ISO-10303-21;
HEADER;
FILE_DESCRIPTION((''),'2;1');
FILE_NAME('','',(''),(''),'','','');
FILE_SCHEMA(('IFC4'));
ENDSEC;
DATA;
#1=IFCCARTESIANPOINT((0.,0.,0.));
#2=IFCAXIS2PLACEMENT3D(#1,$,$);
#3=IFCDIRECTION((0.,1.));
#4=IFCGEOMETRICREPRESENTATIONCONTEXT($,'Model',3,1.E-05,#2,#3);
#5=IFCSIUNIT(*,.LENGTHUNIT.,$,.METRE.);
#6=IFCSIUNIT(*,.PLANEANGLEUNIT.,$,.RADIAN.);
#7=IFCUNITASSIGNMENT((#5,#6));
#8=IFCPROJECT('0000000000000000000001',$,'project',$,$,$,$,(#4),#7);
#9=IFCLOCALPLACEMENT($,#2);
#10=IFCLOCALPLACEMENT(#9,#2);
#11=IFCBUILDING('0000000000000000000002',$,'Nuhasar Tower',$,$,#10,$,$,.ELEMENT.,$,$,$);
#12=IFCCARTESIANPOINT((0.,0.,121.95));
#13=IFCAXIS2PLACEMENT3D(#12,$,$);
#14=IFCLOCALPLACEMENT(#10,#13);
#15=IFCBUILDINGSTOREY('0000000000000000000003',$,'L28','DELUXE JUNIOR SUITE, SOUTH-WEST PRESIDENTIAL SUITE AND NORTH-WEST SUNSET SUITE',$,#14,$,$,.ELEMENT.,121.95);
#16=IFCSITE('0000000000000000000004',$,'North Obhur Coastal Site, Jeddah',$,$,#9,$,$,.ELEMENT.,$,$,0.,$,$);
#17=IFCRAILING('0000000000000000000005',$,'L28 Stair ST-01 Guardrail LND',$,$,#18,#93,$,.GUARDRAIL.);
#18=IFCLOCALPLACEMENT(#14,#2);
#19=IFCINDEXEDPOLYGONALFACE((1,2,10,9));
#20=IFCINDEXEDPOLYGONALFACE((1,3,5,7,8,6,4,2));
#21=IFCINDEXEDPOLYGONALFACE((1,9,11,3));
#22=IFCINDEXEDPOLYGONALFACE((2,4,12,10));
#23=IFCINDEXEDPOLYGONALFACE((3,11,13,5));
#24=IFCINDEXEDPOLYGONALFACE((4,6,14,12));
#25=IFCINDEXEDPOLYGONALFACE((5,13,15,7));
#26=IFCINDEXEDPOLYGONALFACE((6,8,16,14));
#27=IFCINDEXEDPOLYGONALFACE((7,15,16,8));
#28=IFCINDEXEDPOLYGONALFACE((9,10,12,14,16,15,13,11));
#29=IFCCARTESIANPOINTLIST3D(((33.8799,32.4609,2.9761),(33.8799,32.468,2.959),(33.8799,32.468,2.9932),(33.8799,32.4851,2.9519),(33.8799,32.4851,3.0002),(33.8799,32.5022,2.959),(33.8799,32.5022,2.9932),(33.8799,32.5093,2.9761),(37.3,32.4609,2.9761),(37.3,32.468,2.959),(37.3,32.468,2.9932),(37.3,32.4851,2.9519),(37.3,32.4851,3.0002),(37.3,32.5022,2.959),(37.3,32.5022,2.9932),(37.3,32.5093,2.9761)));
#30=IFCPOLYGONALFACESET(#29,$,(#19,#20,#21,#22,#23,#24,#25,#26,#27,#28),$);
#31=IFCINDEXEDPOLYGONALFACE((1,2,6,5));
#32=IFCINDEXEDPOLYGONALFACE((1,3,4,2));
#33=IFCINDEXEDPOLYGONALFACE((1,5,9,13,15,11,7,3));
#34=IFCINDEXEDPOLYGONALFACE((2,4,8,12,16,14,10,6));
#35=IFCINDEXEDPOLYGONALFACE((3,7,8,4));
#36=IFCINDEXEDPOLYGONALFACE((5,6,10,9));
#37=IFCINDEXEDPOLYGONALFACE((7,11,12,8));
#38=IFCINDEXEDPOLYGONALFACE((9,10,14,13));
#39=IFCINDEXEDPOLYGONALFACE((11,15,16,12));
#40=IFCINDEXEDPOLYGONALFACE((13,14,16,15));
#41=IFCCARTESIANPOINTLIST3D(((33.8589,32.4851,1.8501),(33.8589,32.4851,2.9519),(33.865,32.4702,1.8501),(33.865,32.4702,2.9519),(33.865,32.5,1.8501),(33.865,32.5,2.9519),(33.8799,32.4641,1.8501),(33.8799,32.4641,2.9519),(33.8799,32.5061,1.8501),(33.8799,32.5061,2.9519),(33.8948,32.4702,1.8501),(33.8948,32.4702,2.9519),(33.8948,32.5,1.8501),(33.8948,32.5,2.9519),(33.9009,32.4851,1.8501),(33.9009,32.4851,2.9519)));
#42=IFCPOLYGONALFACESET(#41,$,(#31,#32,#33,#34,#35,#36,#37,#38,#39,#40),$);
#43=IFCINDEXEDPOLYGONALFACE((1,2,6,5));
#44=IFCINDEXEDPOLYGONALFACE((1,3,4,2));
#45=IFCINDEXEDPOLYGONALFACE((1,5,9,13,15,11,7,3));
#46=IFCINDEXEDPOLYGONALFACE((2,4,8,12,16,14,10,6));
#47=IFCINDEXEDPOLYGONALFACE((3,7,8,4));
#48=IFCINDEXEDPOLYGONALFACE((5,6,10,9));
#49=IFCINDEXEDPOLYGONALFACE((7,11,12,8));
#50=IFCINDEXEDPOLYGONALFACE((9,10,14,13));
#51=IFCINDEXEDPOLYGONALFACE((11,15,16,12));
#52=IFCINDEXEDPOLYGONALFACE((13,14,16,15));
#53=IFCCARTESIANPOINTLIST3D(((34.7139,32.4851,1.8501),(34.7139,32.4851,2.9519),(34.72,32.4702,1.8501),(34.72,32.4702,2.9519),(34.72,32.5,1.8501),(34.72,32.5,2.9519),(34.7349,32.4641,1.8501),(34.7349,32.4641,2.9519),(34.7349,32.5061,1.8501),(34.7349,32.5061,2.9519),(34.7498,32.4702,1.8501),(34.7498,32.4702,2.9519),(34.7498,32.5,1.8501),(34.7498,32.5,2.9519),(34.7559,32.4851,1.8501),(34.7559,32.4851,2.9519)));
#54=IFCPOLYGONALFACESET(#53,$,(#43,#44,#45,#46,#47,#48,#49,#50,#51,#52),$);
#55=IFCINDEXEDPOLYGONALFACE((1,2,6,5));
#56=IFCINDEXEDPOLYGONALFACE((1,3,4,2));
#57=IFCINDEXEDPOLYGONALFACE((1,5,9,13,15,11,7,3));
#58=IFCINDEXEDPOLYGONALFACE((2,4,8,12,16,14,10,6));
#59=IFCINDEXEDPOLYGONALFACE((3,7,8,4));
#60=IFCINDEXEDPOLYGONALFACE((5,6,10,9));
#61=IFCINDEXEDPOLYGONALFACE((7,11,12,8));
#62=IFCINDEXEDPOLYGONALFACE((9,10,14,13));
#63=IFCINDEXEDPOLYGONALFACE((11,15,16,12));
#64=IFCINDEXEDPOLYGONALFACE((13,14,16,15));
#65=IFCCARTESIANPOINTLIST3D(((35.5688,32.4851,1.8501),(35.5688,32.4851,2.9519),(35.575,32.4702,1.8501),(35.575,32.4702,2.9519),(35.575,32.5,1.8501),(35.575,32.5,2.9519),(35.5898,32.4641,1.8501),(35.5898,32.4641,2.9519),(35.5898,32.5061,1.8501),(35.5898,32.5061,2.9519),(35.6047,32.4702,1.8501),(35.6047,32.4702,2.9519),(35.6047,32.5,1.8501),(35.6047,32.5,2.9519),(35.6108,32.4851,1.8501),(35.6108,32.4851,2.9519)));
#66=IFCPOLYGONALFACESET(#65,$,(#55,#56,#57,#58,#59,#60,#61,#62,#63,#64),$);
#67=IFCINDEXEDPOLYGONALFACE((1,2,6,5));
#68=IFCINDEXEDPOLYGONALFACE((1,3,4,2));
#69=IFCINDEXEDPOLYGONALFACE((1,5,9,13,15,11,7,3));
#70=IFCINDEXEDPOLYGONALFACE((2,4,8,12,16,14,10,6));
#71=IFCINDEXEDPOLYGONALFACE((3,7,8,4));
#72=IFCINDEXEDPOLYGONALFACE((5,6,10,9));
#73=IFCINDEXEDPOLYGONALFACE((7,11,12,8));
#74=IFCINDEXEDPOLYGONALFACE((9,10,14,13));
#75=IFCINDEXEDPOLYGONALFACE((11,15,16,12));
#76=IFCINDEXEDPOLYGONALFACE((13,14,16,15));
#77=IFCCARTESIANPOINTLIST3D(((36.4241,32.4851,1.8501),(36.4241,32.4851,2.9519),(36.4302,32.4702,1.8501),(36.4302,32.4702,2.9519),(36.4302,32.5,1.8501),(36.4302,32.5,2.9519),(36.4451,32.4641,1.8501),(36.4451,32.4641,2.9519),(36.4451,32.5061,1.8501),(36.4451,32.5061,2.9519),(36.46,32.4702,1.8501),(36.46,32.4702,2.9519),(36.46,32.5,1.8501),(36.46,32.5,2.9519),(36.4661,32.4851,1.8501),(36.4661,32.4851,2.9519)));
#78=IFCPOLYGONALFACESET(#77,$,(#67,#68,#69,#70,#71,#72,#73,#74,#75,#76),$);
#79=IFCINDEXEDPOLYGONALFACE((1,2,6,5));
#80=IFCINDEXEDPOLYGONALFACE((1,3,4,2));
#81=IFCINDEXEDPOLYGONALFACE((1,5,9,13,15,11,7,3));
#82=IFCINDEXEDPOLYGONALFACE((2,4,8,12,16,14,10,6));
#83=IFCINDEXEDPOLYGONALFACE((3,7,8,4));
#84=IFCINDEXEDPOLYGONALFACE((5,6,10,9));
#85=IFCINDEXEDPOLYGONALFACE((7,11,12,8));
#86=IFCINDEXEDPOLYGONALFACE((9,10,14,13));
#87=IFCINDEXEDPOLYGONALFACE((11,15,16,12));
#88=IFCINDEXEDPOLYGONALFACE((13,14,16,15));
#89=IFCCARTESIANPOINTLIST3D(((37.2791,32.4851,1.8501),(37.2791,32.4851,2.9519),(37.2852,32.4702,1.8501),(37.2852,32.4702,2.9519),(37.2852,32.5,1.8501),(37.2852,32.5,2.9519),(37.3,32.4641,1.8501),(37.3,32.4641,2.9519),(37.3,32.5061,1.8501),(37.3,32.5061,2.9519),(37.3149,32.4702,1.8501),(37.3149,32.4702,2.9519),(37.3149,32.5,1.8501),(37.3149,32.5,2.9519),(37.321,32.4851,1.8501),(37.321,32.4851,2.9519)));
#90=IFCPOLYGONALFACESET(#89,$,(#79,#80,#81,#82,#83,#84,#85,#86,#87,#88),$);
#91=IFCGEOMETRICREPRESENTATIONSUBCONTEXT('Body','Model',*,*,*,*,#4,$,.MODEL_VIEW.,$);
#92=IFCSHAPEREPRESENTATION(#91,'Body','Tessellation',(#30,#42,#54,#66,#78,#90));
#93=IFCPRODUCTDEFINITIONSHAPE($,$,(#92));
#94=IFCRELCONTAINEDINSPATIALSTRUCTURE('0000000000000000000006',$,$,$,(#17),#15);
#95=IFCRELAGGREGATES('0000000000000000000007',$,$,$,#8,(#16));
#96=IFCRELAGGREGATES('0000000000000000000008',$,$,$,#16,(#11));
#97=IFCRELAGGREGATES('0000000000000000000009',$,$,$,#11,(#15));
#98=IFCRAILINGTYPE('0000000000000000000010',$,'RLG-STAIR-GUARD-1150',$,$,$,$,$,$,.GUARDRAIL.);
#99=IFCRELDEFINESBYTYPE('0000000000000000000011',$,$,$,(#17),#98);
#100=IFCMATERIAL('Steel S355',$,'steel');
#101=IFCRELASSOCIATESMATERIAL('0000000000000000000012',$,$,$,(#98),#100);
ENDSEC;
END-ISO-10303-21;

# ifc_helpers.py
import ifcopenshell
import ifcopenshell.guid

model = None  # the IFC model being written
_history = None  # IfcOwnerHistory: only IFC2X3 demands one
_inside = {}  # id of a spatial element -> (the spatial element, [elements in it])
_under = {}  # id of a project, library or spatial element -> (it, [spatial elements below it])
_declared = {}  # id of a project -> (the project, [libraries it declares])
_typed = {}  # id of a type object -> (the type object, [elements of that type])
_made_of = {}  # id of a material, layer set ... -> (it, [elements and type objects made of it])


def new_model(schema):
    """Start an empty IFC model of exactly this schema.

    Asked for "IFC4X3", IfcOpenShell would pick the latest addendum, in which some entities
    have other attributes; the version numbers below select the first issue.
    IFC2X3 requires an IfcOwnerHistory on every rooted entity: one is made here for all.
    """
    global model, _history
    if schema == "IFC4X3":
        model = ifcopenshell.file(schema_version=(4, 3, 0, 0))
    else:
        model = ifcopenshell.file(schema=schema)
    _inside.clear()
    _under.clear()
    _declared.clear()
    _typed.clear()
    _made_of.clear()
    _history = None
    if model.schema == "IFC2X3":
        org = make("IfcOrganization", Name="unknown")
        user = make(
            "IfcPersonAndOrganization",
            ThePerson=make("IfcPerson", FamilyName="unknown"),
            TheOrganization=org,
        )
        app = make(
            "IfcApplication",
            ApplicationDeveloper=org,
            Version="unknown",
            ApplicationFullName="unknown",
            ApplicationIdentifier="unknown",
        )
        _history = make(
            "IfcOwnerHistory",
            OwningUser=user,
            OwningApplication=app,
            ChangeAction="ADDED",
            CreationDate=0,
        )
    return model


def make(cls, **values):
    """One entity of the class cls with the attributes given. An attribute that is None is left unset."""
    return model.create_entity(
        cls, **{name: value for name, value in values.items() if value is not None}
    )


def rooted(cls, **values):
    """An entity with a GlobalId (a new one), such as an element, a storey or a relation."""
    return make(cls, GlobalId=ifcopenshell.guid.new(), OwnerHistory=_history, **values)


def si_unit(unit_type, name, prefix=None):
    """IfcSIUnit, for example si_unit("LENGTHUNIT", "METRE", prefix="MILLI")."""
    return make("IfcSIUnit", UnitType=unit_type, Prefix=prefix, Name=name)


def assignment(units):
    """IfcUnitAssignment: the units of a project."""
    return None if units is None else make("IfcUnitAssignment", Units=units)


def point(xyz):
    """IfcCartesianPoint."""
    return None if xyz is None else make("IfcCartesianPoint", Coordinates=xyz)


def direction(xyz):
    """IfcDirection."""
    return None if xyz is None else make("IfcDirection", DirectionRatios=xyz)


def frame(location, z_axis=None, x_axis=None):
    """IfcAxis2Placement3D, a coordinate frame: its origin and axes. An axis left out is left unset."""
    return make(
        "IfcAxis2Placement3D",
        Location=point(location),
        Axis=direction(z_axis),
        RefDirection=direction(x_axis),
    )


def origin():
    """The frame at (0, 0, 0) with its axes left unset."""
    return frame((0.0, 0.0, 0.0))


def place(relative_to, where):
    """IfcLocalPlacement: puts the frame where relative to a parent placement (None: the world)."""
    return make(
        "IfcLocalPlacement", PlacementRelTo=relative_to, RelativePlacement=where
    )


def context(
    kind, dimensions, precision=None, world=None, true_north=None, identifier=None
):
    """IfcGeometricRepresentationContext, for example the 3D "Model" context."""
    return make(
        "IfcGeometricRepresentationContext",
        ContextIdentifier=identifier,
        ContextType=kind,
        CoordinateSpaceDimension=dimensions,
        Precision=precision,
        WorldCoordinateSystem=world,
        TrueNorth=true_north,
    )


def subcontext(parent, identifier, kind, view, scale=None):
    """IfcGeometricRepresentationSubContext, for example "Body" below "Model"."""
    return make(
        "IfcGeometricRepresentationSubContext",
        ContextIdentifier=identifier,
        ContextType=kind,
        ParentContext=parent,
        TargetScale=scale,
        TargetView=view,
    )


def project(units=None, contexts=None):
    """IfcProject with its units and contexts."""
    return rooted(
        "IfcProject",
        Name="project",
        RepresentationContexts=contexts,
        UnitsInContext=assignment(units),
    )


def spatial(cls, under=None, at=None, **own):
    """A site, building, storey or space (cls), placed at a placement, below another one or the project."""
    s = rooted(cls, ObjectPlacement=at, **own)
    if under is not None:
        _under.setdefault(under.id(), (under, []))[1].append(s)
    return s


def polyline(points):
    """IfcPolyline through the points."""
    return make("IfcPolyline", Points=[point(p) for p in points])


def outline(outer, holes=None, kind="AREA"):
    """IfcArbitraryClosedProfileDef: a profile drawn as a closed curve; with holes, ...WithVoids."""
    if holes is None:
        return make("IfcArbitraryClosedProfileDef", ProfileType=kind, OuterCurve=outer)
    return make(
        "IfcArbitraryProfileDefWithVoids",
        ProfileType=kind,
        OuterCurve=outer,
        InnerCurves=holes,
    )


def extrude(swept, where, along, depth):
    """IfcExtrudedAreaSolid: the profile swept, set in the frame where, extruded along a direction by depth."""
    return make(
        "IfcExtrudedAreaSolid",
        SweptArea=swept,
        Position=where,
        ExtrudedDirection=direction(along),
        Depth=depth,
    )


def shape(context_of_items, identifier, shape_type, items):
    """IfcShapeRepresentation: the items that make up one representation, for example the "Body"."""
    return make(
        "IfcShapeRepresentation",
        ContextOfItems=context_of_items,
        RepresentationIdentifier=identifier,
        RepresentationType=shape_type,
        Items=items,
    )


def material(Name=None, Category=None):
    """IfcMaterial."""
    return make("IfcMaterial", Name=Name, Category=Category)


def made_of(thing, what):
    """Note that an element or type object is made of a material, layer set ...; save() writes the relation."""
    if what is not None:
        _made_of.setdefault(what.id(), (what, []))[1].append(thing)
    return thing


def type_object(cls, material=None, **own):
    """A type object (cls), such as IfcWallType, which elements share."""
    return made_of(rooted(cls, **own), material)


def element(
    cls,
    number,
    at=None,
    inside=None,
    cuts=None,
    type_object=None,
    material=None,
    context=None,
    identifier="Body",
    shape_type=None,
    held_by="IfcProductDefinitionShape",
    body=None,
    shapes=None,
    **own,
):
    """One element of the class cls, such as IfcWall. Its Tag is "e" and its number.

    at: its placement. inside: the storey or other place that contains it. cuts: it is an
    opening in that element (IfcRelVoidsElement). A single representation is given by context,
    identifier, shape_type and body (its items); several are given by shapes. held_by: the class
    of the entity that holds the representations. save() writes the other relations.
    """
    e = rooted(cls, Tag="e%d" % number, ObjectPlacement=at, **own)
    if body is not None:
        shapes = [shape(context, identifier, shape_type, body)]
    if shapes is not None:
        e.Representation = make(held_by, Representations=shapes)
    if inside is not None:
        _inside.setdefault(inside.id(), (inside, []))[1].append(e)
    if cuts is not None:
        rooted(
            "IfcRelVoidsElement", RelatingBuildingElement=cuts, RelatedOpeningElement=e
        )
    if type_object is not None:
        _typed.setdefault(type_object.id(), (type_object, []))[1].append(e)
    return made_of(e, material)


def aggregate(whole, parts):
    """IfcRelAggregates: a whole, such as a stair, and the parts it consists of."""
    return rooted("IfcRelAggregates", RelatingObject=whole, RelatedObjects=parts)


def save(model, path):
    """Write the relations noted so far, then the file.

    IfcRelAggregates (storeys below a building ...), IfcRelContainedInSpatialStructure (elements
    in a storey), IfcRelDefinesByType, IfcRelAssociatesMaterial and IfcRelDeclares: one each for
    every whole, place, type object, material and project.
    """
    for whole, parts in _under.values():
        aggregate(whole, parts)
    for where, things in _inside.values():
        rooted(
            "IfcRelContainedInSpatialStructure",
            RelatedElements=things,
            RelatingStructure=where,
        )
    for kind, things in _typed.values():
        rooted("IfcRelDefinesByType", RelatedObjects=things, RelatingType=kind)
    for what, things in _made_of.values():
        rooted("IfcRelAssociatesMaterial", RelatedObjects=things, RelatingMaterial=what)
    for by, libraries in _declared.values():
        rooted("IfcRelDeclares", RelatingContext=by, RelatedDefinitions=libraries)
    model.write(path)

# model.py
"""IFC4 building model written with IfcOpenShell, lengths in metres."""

from ifc_helpers import new_model, si_unit, direction, frame, origin, place, context, subcontext, project, spatial, polyline, outline, extrude, material, type_object, element, save


model = new_model("IFC4")

# Units and contexts
model_context = context("Model", 3, precision=1e-05, world=origin(), true_north=direction((0.0, 1.0)))
body_context = subcontext(model_context, "Body", "Model", "MODEL_VIEW")
ifc_project = project(units=[si_unit("LENGTHUNIT", "METRE"), si_unit("PLANEANGLEUNIT", "RADIAN")], contexts=[model_context])

# Site, building, storey
site_placement = place(None, origin())
site = spatial("IfcSite", under=ifc_project, at=site_placement, Name="North Obhur Coastal Site, Jeddah", CompositionType="ELEMENT", RefElevation=0.0)
building_placement = place(site_placement, origin())
building = spatial("IfcBuilding", under=site, at=building_placement, Name="Nuhasar Tower", CompositionType="ELEMENT")
storey_placement = place(building_placement, frame((0.0, 0.0, 121.95)))
storey = spatial("IfcBuildingStorey", under=building, at=storey_placement, Name="L28", Description="DELUXE JUNIOR SUITE, SOUTH-WEST PRESIDENTIAL SUITE AND NORTH-WEST SUNSET SUITE", CompositionType="ELEMENT", Elevation=121.95)

# Shared definitions
ifc_material_1 = material(Name="Steel S355", Category="steel")

# Railing
railing_type_1 = type_object("IfcRailingType", Name="RLG-STAIR-GUARD-1150", PredefinedType="GUARDRAIL", material=ifc_material_1)
railing_1_placement = place(storey_placement, frame((33.8799, 32.4851, 1.8501)))
element("IfcRailing", 1, at=railing_1_placement, inside=storey, type_object=railing_type_1, Name="L28 Stair ST-01 Guardrail LND", PredefinedType="GUARDRAIL", context=body_context, shape_type="SweptSolid", body=[
    extrude(outline(polyline([(0.0242, 0.0), (0.0171, 0.0171), (0.0, 0.0242), (-0.0171, 0.0171), (-0.0242, 0.0), (-0.0171, -0.0171), (0.0, -0.0242), (0.0171, -0.0171), (0.0242, 0.0)])), frame((0.0, 0.0, 1.126), z_axis=(1.0, 0.0, 0.0), x_axis=(0.0, 1.0, 0.0)), (0.0, 0.0, 1.0), 3.4202),
    extrude(outline(polyline([(0.021, 0.0), (0.0149, 0.0149), (0.0, 0.021), (-0.0149, 0.0149), (-0.021, 0.0), (-0.0149, -0.0149), (0.0, -0.021), (0.0149, -0.0149), (0.021, 0.0)])), origin(), (0.0, 0.0, 1.0), 1.1018),
    extrude(outline(polyline([(0.021, 0.0), (0.0149, 0.0149), (0.0, 0.021), (-0.0149, 0.0149), (-0.021, 0.0), (-0.0149, -0.0149), (0.0, -0.021), (0.0149, -0.0149), (0.021, 0.0)])), frame((0.855, 0.0, 0.0)), (0.0, 0.0, 1.0), 1.1018),
    extrude(outline(polyline([(0.021, 0.0), (0.0149, 0.0149), (0.0, 0.021), (-0.0149, 0.0149), (-0.021, 0.0), (-0.0149, -0.0149), (0.0, -0.021), (0.0149, -0.0149), (0.021, 0.0)])), frame((1.71, 0.0, 0.0)), (0.0, 0.0, 1.0), 1.1018),
    extrude(outline(polyline([(0.021, 0.0), (0.0149, 0.0149), (0.0, 0.021), (-0.0149, 0.0149), (-0.021, 0.0), (-0.0149, -0.0149), (0.0, -0.021), (0.0149, -0.0149), (0.021, 0.0)])), frame((2.5652, 0.0, 0.0)), (0.0, 0.0, 1.0), 1.1018),
    extrude(outline(polyline([(0.021, 0.0), (0.0149, 0.0149), (0.0, 0.021), (-0.0149, 0.0149), (-0.021, 0.0), (-0.0149, -0.0149), (0.0, -0.021), (0.0149, -0.0149), (0.021, 0.0)])), frame((3.4202, 0.0, 0.0)), (0.0, 0.0, 1.0), 1.1018),
])

save(model, "model.ifc")
